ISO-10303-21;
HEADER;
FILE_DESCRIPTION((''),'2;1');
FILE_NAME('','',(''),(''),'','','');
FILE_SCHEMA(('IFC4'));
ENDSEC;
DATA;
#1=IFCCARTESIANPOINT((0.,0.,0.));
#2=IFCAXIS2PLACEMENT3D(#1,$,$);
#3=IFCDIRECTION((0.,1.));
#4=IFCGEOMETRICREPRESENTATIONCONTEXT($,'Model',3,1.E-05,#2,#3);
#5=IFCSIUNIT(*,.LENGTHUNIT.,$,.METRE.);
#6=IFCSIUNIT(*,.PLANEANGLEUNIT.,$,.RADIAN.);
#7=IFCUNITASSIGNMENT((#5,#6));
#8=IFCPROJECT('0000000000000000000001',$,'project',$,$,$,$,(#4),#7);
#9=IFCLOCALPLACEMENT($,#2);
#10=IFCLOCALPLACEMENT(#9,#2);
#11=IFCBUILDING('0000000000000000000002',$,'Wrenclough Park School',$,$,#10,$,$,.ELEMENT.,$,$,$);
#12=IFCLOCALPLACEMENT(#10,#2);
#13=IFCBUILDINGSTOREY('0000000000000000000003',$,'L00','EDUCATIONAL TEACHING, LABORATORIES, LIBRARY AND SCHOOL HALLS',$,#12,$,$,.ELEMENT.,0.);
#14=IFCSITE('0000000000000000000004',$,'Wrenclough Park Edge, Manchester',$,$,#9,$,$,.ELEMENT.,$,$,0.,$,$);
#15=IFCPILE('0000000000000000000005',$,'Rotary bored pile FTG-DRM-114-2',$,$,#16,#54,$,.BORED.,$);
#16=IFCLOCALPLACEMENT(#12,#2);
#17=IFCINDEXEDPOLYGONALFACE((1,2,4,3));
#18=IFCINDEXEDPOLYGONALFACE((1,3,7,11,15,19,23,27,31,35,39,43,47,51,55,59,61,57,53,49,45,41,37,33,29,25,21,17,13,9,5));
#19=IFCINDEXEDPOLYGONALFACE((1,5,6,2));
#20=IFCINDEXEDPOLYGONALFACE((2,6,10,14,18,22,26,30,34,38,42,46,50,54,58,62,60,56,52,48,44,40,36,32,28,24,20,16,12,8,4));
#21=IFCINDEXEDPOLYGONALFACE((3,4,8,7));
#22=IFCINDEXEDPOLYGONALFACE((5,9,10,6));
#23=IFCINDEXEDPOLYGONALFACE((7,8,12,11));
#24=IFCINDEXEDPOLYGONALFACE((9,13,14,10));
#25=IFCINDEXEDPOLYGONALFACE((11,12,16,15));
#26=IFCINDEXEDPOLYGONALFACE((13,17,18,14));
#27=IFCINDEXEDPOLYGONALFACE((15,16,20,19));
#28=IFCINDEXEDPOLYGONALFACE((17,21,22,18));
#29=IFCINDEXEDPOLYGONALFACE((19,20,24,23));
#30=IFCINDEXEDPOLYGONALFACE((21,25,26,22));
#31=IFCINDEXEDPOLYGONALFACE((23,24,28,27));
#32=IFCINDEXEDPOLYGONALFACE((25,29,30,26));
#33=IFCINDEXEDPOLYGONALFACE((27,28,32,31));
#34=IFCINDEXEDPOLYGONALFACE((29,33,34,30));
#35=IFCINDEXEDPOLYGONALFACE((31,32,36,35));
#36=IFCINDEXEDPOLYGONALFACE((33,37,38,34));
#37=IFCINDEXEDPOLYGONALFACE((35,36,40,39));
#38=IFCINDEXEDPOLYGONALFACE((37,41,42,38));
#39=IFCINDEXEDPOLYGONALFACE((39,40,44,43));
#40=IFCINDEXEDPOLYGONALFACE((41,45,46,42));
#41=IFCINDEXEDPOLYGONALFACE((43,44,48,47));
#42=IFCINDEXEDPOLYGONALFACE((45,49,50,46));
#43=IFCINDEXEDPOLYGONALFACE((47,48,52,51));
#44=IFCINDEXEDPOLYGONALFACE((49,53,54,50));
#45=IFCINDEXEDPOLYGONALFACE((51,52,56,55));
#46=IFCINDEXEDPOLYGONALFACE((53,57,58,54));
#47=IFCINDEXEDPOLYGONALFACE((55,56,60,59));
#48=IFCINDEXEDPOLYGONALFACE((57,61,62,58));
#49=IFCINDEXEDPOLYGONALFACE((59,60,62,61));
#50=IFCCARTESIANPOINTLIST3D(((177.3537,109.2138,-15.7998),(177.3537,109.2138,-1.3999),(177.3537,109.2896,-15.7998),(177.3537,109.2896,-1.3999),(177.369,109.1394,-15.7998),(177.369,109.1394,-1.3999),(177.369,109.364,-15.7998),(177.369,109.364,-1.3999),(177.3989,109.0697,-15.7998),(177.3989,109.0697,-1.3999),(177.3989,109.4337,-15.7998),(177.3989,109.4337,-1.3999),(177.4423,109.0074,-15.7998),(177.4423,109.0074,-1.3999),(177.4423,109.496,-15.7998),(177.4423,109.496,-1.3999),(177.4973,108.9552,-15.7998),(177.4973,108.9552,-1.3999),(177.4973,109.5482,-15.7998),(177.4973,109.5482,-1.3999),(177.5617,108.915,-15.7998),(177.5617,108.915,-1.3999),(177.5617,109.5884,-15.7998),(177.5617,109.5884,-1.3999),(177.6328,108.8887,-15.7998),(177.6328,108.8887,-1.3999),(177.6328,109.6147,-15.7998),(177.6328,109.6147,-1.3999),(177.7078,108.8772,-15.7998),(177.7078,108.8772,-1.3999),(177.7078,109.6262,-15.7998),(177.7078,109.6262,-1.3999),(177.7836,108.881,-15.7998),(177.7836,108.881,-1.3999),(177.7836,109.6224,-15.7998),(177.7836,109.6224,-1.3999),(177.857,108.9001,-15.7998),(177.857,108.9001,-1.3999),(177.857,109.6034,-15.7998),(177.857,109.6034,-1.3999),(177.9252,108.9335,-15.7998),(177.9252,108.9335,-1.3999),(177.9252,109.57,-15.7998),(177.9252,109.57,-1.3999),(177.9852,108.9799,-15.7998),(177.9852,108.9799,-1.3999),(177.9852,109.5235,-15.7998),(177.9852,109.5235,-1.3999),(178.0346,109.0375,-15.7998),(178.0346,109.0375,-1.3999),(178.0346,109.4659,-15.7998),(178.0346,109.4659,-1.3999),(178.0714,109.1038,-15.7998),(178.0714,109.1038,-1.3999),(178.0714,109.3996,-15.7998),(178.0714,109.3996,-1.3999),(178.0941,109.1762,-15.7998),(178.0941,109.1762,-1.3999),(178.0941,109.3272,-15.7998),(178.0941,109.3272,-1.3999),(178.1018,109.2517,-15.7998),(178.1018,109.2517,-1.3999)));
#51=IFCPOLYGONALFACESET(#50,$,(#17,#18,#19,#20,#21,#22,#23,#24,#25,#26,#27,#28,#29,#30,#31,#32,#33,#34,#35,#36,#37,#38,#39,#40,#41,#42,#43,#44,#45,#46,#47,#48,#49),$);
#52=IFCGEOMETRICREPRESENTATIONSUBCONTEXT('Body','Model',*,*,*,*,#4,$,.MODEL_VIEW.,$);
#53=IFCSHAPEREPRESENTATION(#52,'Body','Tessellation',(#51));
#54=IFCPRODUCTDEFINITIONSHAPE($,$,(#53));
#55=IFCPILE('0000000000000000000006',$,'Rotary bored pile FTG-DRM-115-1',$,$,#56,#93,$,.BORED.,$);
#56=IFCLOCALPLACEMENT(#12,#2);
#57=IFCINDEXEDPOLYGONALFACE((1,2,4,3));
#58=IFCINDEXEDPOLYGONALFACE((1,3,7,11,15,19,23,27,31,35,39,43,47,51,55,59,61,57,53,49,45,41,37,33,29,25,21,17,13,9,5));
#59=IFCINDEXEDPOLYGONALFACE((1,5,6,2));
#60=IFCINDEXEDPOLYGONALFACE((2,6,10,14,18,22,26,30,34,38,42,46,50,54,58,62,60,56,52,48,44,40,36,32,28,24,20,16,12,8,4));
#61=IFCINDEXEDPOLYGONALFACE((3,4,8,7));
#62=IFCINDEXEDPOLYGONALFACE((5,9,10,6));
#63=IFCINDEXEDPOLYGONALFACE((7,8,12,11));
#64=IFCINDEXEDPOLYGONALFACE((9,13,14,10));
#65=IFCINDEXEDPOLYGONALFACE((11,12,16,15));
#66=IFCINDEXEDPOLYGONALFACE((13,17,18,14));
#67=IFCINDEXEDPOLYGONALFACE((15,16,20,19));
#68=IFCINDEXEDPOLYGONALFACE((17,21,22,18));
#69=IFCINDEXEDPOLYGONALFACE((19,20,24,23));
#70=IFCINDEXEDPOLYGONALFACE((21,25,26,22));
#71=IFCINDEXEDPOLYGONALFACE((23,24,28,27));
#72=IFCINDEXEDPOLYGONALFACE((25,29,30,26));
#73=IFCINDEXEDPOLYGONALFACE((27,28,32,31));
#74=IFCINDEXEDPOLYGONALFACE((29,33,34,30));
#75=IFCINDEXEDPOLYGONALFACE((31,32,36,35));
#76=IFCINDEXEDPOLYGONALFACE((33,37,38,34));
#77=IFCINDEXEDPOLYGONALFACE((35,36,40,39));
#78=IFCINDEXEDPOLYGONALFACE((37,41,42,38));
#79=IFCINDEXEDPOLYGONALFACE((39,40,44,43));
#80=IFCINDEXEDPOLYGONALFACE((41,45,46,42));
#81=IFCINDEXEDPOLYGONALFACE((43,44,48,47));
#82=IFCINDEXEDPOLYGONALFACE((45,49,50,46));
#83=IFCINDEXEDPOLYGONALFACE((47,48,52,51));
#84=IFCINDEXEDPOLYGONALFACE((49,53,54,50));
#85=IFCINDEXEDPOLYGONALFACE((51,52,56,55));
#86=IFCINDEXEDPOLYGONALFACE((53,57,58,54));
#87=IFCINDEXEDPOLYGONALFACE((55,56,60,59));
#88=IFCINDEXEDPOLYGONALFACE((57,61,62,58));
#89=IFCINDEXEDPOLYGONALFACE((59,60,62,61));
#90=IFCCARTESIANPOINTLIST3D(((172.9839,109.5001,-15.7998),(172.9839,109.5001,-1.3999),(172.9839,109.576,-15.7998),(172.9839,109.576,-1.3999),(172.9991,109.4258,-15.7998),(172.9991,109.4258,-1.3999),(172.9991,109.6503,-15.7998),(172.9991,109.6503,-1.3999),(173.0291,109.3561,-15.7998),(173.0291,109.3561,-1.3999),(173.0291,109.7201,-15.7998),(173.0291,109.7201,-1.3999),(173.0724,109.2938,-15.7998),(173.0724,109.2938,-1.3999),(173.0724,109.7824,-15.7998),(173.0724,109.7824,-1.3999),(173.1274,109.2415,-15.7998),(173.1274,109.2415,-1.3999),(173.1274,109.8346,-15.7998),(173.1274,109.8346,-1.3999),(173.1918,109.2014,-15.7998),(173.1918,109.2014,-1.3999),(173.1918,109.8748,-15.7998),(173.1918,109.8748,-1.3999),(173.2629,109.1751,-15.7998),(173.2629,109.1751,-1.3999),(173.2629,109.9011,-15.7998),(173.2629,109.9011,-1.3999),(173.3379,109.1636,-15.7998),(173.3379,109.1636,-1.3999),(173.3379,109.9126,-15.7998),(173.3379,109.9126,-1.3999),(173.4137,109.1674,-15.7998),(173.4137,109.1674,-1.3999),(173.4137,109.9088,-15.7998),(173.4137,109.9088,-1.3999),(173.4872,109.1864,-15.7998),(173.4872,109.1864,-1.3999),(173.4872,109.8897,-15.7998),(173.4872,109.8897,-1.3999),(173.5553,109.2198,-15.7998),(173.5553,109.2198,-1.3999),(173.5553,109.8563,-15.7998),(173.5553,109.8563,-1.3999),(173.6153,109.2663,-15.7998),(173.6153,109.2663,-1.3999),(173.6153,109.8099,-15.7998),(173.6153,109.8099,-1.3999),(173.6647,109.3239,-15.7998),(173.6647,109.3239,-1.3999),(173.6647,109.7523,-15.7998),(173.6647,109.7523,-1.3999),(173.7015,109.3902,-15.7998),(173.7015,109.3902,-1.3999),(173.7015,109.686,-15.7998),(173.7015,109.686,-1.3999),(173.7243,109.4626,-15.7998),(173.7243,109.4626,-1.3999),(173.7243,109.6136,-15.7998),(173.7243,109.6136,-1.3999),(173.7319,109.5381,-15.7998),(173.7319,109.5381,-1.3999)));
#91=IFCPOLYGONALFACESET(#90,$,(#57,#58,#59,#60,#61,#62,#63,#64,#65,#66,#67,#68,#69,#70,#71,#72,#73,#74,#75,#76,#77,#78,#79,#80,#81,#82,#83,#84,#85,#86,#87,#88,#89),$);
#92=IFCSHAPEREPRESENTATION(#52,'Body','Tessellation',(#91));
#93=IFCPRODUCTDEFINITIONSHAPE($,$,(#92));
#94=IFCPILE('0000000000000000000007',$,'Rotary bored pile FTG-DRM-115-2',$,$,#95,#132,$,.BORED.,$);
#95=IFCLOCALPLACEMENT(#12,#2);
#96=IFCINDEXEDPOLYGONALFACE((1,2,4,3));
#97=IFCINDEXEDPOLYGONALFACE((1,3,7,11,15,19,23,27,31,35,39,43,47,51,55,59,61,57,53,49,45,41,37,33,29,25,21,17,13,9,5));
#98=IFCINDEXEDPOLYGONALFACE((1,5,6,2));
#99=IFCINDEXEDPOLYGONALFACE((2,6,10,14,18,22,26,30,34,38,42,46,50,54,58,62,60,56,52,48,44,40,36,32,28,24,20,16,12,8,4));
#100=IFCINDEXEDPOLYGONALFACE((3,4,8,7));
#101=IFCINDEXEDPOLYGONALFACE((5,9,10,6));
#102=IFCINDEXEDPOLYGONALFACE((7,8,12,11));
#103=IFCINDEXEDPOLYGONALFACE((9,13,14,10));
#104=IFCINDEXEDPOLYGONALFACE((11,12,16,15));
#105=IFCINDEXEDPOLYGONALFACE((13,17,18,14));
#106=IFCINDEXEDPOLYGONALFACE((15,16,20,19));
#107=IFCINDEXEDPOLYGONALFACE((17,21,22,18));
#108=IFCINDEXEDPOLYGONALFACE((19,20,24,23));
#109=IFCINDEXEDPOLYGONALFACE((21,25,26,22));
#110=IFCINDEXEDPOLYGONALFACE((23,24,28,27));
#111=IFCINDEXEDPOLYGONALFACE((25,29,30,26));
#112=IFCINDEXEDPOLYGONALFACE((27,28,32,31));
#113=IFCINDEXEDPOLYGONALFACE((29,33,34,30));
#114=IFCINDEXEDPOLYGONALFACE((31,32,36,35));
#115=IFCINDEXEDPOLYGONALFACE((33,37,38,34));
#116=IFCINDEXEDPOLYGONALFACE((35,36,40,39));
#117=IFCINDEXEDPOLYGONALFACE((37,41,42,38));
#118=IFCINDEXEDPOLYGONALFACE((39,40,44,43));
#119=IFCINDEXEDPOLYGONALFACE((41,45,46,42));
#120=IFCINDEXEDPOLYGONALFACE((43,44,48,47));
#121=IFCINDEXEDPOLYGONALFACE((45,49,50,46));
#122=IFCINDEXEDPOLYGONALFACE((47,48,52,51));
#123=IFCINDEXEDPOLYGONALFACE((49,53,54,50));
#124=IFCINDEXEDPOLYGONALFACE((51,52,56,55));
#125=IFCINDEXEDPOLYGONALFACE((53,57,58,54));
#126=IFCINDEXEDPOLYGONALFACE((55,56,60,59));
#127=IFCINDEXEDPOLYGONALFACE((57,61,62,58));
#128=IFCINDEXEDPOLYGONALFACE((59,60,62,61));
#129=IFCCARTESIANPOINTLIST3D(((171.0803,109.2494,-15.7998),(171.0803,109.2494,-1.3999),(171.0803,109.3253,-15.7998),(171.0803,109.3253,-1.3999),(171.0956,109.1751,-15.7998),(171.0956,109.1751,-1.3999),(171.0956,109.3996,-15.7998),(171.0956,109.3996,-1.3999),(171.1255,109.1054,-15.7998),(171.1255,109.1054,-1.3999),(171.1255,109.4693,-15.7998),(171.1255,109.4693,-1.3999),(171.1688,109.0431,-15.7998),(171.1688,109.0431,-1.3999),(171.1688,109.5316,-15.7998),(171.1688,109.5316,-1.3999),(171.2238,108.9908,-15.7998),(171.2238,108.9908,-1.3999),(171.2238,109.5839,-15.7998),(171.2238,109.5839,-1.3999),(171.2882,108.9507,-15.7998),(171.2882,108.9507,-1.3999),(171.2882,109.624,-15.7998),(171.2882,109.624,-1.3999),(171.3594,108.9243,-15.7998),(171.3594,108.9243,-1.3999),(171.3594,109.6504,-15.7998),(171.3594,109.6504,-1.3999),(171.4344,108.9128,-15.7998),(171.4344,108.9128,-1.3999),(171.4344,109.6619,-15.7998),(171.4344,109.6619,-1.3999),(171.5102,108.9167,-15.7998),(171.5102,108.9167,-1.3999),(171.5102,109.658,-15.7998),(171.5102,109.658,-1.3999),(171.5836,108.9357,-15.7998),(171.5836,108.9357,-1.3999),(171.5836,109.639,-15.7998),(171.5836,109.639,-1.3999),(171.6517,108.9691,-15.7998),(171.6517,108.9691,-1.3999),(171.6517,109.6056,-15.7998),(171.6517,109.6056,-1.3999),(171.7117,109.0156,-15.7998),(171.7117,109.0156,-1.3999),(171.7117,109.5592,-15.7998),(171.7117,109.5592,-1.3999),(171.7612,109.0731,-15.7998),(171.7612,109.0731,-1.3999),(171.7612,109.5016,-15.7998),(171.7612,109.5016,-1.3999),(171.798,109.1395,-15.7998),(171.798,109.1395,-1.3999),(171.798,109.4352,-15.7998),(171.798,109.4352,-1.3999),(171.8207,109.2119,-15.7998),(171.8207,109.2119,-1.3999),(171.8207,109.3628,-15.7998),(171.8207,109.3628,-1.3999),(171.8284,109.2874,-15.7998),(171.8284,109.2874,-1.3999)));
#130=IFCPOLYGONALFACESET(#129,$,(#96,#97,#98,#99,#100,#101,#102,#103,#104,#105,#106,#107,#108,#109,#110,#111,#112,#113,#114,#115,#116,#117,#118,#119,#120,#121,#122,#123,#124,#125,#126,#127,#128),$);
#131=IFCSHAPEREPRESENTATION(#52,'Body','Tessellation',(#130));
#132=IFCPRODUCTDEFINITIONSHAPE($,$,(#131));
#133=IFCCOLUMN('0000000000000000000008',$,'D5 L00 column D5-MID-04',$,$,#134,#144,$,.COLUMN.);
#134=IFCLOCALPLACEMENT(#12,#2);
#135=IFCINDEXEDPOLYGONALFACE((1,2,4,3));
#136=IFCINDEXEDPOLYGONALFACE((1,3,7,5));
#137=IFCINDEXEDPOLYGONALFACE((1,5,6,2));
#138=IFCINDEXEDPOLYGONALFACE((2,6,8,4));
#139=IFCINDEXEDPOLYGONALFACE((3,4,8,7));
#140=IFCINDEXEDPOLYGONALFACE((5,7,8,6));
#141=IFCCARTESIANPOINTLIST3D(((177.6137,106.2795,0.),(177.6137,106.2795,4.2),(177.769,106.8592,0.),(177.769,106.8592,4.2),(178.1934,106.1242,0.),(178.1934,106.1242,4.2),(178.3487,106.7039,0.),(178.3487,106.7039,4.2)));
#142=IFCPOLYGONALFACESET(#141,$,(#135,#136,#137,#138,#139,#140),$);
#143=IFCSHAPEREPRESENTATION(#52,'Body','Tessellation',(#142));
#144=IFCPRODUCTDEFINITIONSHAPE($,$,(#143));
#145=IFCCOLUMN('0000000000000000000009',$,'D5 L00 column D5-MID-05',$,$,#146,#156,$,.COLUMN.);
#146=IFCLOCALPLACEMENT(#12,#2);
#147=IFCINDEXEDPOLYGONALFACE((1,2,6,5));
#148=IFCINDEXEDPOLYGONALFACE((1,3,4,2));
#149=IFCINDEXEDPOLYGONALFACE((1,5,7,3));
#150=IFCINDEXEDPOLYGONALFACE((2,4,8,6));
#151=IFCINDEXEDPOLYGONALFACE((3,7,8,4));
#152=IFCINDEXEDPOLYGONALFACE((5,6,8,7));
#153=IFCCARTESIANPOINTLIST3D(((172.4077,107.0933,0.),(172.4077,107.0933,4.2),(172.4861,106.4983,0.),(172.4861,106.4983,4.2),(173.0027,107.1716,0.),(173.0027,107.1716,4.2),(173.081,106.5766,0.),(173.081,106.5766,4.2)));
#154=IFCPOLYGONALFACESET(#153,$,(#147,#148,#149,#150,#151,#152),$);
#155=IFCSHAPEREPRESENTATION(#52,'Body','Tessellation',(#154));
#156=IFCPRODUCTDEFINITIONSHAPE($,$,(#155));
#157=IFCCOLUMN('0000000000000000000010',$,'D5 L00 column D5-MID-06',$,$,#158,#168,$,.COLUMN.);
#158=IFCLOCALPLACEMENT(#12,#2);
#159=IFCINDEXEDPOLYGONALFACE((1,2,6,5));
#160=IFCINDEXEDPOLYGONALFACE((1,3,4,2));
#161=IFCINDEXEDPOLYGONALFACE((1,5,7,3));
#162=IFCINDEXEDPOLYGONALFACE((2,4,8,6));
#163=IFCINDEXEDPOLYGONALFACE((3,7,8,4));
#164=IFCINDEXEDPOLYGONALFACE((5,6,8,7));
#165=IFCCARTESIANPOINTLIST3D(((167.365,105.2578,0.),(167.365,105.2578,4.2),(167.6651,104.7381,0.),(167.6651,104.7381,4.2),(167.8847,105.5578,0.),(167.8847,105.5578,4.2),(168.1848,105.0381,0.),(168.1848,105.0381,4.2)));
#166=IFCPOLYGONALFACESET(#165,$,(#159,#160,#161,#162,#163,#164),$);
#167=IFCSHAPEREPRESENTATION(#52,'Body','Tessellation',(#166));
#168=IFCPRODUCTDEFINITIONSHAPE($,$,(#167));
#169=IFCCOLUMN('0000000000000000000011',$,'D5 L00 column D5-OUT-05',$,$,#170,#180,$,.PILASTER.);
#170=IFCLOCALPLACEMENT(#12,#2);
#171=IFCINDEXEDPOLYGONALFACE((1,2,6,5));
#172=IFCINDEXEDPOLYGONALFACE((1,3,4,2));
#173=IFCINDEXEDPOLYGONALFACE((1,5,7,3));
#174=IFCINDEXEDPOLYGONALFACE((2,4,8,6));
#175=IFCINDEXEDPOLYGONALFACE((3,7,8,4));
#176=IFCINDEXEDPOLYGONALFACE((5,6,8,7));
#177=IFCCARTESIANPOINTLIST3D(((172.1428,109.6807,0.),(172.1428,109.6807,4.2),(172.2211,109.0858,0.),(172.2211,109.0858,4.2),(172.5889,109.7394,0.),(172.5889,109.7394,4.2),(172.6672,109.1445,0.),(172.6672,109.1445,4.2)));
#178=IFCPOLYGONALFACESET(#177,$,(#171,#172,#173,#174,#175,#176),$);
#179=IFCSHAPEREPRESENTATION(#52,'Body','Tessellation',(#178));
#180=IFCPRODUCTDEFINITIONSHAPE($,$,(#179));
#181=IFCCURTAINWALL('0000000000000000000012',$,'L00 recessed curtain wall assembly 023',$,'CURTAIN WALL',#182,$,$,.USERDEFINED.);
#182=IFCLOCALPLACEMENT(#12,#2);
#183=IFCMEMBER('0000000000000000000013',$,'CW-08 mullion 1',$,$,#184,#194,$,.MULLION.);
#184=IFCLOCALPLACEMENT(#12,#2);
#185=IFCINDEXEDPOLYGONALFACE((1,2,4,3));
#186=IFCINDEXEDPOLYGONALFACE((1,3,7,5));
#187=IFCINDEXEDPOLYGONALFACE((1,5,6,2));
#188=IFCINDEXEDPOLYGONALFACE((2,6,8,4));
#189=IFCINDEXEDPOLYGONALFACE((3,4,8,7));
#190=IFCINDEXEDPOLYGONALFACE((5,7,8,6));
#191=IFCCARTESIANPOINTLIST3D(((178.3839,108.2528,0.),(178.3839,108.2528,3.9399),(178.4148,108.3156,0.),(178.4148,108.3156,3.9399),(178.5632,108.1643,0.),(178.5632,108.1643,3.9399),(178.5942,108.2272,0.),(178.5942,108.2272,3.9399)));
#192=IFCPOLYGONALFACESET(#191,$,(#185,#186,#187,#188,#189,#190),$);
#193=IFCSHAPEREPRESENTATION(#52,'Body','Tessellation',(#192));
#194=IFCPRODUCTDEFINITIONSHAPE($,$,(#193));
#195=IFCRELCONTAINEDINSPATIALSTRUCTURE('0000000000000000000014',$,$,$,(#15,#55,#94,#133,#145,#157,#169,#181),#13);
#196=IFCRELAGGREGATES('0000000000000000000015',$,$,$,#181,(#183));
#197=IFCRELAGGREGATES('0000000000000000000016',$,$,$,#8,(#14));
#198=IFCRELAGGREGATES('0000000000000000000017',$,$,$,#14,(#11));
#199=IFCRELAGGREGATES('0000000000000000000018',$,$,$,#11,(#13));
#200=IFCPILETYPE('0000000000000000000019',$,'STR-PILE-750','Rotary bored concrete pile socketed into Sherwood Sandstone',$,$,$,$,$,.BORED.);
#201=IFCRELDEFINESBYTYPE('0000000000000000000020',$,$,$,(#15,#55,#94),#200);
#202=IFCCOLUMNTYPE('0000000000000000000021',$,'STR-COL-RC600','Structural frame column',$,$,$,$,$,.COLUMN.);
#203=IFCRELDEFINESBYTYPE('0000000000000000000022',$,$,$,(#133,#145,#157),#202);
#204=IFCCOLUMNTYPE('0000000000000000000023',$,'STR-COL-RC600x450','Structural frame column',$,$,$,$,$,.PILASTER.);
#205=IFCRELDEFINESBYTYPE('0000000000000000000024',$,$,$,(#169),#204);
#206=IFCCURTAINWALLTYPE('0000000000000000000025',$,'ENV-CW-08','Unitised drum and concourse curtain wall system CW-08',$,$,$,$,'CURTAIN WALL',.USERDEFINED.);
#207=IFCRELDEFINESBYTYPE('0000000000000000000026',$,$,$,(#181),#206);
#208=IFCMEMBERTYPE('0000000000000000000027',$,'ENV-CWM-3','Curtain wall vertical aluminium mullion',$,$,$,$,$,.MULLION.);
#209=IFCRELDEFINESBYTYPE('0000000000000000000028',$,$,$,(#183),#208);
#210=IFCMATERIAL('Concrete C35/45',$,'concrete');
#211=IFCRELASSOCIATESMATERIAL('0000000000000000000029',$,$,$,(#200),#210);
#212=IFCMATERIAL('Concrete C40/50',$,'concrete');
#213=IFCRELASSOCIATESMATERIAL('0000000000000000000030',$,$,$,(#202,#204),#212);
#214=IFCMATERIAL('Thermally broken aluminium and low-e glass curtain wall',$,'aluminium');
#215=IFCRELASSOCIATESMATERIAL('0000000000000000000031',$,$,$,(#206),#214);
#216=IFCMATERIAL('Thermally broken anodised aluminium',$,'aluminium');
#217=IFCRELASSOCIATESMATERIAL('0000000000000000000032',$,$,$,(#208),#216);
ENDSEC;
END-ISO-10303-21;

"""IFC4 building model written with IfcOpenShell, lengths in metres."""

from ifc_helpers import new_model, si_unit, direction, frame, origin, origin_2d, place, context, subcontext, project, spatial, rectangle, circle, extrude, material, material_profile, profile_set, type_object, element, aggregate, save


model = new_model("IFC4")

# Units and contexts
model_context = context("Model", 3, precision=1e-05, world=origin(), true_north=direction((0.0, 1.0)))
body_context = subcontext(model_context, "Body", "Model", "MODEL_VIEW")
ifc_project = project(units=[si_unit("LENGTHUNIT", "METRE"), si_unit("PLANEANGLEUNIT", "RADIAN")], contexts=[model_context])

# Site, building, storey
site_placement = place(None, origin())
site = spatial("IfcSite", under=ifc_project, at=site_placement, Name="Wrenclough Park Edge, Manchester", CompositionType="ELEMENT", RefElevation=0.0)
building_placement = place(site_placement, origin())
building = spatial("IfcBuilding", under=site, at=building_placement, Name="Wrenclough Park School", CompositionType="ELEMENT")
storey_placement = place(building_placement, origin())
storey = spatial("IfcBuildingStorey", under=building, at=storey_placement, Name="L00", Description="EDUCATIONAL TEACHING, LABORATORIES, LIBRARY AND SCHOOL HALLS", CompositionType="ELEMENT", Elevation=0.0)

# Shared definitions
ifc_material_1 = material(Name="Concrete C35/45", Category="concrete")

# Piles
ifc_material_profile_1 = material_profile(ifc_material_1, circle(Radius=0.375, at=origin_2d()), Name="BORED PILE D750")
ifc_profile_set_1 = profile_set([ifc_material_profile_1], Name="Concrete C35/45")
pile_type_1 = type_object("IfcPileType", Name="STR-PILE-750", Description="Rotary bored concrete pile socketed into Sherwood Sandstone", PredefinedType="BORED", material=ifc_profile_set_1)
for number, where, z_axis, x_axis, name in (
    (1, (177.7268, 109.2517, -1.3999), (0.0, 0.0, -1.0), (1.0, 0.0, 0.0), "Rotary bored pile FTG-DRM-114-2"),
    (2, (173.3569, 109.5381, -1.3999), (0.0, 0.0, -1.0), (1.0, 0.0, 0.0), "Rotary bored pile FTG-DRM-115-1"),
    (3, (171.4534, 109.2874, -1.3999), (0.0, 0.0, -1.0), (1.0, 0.0, 0.0), "Rotary bored pile FTG-DRM-115-2"),
):
    element("IfcPile", number, at=place(storey_placement, frame(where, z_axis=z_axis, x_axis=x_axis)), inside=storey, type_object=pile_type_1, Name=name, PredefinedType="BORED", context=body_context, shape_type="SweptSolid", body=[
        extrude(circle(Radius=0.375, at=origin_2d()), origin(), (0.0, 0.0, 1.0), 14.3999),
    ])

# Columns
ifc_material_2 = material(Name="Concrete C40/50", Category="concrete")
ifc_material_profile_2 = material_profile(ifc_material_2, rectangle(XDim=0.6001, YDim=0.6001, at=origin_2d()), Name="RC COL 600x600")
ifc_profile_set_2 = profile_set([ifc_material_profile_2], Name="Concrete C40/50")
column_type_1 = type_object("IfcColumnType", Name="STR-COL-RC600", Description="Structural frame column", PredefinedType="COLUMN", material=ifc_profile_set_2)
for number, where, z_axis, x_axis, name in (
    (4, (177.9812, 106.4917, 0.0), (0.0, 0.0, 1.0), (-0.965926, 0.258819, 0.0), "D5 L00 column D5-MID-04"),
    (5, (172.7444, 106.835, 0.0), (0.0, 0.0, 1.0), (-0.991445, -0.130526, 0.0), "D5 L00 column D5-MID-05"),
    (6, (167.7749, 105.1479, 0.0), (0.0, 0.0, 1.0), (-0.866025, -0.5, 0.0), "D5 L00 column D5-MID-06"),
):
    element("IfcColumn", number, at=place(storey_placement, frame(where, z_axis=z_axis, x_axis=x_axis)), inside=storey, type_object=column_type_1, Name=name, PredefinedType="COLUMN", context=body_context, shape_type="SweptSolid", body=[
        extrude(rectangle(XDim=0.6001, YDim=0.6001, at=origin_2d()), origin(), (0.0, 0.0, 1.0), 4.2),
    ])
ifc_material_profile_3 = material_profile(ifc_material_2, rectangle(XDim=0.45, YDim=0.6001, at=origin_2d()), Name="RC COL 600x450")
ifc_profile_set_3 = profile_set([ifc_material_profile_3], Name="Concrete C40/50")
column_type_2 = type_object("IfcColumnType", Name="STR-COL-RC600x450", Description="Structural frame column", PredefinedType="PILASTER", material=ifc_profile_set_3)
column_placement = place(storey_placement, frame((172.405, 109.4126, 0.0), z_axis=(0.0, 0.0, 1.0), x_axis=(-0.991445, -0.130526, 0.0)))
element("IfcColumn", 7, at=column_placement, inside=storey, type_object=column_type_2, Name="D5 L00 column D5-OUT-05", PredefinedType="PILASTER", context=body_context, shape_type="SweptSolid", body=[
    extrude(rectangle(XDim=0.45, YDim=0.6001, at=origin_2d()), origin(), (0.0, 0.0, 1.0), 4.2),
])

# Curtain wall, member
ifc_material_3 = material(Name="Thermally broken aluminium and low-e glass curtain wall", Category="aluminium")
curtain_wall_type = type_object("IfcCurtainWallType", Name="ENV-CW-08", Description="Unitised drum and concourse curtain wall system CW-08", ElementType="CURTAIN WALL", PredefinedType="USERDEFINED", material=ifc_material_3)
curtain_wall_placement = place(storey_placement, origin())
curtain_wall = element("IfcCurtainWall", 8, at=curtain_wall_placement, inside=storey, type_object=curtain_wall_type, Name="L00 recessed curtain wall assembly 023", ObjectType="CURTAIN WALL", PredefinedType="USERDEFINED")
ifc_material_4 = material(Name="Thermally broken anodised aluminium", Category="aluminium")
ifc_material_profile_4 = material_profile(ifc_material_4, rectangle(XDim=0.0701, YDim=0.2, at=origin_2d()), Name="AL MULLION 70x200")
ifc_profile_set_4 = profile_set([ifc_material_profile_4], Name="Thermally broken anodised aluminium")
member_type_1 = type_object("IfcMemberType", Name="ENV-CWM-3", Description="Curtain wall vertical aluminium mullion", PredefinedType="MULLION", material=ifc_profile_set_4)
member_1_placement = place(storey_placement, frame((178.489, 108.24, 0.0), z_axis=(0.0, 0.0, 1.0), x_axis=(0.442302, 0.896866, 0.0)))
member_1 = element("IfcMember", 9, at=member_1_placement, type_object=member_type_1, Name="CW-08 mullion 1", PredefinedType="MULLION", context=body_context, shape_type="SweptSolid", body=[
    extrude(rectangle(XDim=0.0701, YDim=0.2, at=origin_2d()), origin(), (0.0, 0.0, 1.0), 3.9399),
])
aggregate(curtain_wall, [member_1])

save(model, "model.ifc")
